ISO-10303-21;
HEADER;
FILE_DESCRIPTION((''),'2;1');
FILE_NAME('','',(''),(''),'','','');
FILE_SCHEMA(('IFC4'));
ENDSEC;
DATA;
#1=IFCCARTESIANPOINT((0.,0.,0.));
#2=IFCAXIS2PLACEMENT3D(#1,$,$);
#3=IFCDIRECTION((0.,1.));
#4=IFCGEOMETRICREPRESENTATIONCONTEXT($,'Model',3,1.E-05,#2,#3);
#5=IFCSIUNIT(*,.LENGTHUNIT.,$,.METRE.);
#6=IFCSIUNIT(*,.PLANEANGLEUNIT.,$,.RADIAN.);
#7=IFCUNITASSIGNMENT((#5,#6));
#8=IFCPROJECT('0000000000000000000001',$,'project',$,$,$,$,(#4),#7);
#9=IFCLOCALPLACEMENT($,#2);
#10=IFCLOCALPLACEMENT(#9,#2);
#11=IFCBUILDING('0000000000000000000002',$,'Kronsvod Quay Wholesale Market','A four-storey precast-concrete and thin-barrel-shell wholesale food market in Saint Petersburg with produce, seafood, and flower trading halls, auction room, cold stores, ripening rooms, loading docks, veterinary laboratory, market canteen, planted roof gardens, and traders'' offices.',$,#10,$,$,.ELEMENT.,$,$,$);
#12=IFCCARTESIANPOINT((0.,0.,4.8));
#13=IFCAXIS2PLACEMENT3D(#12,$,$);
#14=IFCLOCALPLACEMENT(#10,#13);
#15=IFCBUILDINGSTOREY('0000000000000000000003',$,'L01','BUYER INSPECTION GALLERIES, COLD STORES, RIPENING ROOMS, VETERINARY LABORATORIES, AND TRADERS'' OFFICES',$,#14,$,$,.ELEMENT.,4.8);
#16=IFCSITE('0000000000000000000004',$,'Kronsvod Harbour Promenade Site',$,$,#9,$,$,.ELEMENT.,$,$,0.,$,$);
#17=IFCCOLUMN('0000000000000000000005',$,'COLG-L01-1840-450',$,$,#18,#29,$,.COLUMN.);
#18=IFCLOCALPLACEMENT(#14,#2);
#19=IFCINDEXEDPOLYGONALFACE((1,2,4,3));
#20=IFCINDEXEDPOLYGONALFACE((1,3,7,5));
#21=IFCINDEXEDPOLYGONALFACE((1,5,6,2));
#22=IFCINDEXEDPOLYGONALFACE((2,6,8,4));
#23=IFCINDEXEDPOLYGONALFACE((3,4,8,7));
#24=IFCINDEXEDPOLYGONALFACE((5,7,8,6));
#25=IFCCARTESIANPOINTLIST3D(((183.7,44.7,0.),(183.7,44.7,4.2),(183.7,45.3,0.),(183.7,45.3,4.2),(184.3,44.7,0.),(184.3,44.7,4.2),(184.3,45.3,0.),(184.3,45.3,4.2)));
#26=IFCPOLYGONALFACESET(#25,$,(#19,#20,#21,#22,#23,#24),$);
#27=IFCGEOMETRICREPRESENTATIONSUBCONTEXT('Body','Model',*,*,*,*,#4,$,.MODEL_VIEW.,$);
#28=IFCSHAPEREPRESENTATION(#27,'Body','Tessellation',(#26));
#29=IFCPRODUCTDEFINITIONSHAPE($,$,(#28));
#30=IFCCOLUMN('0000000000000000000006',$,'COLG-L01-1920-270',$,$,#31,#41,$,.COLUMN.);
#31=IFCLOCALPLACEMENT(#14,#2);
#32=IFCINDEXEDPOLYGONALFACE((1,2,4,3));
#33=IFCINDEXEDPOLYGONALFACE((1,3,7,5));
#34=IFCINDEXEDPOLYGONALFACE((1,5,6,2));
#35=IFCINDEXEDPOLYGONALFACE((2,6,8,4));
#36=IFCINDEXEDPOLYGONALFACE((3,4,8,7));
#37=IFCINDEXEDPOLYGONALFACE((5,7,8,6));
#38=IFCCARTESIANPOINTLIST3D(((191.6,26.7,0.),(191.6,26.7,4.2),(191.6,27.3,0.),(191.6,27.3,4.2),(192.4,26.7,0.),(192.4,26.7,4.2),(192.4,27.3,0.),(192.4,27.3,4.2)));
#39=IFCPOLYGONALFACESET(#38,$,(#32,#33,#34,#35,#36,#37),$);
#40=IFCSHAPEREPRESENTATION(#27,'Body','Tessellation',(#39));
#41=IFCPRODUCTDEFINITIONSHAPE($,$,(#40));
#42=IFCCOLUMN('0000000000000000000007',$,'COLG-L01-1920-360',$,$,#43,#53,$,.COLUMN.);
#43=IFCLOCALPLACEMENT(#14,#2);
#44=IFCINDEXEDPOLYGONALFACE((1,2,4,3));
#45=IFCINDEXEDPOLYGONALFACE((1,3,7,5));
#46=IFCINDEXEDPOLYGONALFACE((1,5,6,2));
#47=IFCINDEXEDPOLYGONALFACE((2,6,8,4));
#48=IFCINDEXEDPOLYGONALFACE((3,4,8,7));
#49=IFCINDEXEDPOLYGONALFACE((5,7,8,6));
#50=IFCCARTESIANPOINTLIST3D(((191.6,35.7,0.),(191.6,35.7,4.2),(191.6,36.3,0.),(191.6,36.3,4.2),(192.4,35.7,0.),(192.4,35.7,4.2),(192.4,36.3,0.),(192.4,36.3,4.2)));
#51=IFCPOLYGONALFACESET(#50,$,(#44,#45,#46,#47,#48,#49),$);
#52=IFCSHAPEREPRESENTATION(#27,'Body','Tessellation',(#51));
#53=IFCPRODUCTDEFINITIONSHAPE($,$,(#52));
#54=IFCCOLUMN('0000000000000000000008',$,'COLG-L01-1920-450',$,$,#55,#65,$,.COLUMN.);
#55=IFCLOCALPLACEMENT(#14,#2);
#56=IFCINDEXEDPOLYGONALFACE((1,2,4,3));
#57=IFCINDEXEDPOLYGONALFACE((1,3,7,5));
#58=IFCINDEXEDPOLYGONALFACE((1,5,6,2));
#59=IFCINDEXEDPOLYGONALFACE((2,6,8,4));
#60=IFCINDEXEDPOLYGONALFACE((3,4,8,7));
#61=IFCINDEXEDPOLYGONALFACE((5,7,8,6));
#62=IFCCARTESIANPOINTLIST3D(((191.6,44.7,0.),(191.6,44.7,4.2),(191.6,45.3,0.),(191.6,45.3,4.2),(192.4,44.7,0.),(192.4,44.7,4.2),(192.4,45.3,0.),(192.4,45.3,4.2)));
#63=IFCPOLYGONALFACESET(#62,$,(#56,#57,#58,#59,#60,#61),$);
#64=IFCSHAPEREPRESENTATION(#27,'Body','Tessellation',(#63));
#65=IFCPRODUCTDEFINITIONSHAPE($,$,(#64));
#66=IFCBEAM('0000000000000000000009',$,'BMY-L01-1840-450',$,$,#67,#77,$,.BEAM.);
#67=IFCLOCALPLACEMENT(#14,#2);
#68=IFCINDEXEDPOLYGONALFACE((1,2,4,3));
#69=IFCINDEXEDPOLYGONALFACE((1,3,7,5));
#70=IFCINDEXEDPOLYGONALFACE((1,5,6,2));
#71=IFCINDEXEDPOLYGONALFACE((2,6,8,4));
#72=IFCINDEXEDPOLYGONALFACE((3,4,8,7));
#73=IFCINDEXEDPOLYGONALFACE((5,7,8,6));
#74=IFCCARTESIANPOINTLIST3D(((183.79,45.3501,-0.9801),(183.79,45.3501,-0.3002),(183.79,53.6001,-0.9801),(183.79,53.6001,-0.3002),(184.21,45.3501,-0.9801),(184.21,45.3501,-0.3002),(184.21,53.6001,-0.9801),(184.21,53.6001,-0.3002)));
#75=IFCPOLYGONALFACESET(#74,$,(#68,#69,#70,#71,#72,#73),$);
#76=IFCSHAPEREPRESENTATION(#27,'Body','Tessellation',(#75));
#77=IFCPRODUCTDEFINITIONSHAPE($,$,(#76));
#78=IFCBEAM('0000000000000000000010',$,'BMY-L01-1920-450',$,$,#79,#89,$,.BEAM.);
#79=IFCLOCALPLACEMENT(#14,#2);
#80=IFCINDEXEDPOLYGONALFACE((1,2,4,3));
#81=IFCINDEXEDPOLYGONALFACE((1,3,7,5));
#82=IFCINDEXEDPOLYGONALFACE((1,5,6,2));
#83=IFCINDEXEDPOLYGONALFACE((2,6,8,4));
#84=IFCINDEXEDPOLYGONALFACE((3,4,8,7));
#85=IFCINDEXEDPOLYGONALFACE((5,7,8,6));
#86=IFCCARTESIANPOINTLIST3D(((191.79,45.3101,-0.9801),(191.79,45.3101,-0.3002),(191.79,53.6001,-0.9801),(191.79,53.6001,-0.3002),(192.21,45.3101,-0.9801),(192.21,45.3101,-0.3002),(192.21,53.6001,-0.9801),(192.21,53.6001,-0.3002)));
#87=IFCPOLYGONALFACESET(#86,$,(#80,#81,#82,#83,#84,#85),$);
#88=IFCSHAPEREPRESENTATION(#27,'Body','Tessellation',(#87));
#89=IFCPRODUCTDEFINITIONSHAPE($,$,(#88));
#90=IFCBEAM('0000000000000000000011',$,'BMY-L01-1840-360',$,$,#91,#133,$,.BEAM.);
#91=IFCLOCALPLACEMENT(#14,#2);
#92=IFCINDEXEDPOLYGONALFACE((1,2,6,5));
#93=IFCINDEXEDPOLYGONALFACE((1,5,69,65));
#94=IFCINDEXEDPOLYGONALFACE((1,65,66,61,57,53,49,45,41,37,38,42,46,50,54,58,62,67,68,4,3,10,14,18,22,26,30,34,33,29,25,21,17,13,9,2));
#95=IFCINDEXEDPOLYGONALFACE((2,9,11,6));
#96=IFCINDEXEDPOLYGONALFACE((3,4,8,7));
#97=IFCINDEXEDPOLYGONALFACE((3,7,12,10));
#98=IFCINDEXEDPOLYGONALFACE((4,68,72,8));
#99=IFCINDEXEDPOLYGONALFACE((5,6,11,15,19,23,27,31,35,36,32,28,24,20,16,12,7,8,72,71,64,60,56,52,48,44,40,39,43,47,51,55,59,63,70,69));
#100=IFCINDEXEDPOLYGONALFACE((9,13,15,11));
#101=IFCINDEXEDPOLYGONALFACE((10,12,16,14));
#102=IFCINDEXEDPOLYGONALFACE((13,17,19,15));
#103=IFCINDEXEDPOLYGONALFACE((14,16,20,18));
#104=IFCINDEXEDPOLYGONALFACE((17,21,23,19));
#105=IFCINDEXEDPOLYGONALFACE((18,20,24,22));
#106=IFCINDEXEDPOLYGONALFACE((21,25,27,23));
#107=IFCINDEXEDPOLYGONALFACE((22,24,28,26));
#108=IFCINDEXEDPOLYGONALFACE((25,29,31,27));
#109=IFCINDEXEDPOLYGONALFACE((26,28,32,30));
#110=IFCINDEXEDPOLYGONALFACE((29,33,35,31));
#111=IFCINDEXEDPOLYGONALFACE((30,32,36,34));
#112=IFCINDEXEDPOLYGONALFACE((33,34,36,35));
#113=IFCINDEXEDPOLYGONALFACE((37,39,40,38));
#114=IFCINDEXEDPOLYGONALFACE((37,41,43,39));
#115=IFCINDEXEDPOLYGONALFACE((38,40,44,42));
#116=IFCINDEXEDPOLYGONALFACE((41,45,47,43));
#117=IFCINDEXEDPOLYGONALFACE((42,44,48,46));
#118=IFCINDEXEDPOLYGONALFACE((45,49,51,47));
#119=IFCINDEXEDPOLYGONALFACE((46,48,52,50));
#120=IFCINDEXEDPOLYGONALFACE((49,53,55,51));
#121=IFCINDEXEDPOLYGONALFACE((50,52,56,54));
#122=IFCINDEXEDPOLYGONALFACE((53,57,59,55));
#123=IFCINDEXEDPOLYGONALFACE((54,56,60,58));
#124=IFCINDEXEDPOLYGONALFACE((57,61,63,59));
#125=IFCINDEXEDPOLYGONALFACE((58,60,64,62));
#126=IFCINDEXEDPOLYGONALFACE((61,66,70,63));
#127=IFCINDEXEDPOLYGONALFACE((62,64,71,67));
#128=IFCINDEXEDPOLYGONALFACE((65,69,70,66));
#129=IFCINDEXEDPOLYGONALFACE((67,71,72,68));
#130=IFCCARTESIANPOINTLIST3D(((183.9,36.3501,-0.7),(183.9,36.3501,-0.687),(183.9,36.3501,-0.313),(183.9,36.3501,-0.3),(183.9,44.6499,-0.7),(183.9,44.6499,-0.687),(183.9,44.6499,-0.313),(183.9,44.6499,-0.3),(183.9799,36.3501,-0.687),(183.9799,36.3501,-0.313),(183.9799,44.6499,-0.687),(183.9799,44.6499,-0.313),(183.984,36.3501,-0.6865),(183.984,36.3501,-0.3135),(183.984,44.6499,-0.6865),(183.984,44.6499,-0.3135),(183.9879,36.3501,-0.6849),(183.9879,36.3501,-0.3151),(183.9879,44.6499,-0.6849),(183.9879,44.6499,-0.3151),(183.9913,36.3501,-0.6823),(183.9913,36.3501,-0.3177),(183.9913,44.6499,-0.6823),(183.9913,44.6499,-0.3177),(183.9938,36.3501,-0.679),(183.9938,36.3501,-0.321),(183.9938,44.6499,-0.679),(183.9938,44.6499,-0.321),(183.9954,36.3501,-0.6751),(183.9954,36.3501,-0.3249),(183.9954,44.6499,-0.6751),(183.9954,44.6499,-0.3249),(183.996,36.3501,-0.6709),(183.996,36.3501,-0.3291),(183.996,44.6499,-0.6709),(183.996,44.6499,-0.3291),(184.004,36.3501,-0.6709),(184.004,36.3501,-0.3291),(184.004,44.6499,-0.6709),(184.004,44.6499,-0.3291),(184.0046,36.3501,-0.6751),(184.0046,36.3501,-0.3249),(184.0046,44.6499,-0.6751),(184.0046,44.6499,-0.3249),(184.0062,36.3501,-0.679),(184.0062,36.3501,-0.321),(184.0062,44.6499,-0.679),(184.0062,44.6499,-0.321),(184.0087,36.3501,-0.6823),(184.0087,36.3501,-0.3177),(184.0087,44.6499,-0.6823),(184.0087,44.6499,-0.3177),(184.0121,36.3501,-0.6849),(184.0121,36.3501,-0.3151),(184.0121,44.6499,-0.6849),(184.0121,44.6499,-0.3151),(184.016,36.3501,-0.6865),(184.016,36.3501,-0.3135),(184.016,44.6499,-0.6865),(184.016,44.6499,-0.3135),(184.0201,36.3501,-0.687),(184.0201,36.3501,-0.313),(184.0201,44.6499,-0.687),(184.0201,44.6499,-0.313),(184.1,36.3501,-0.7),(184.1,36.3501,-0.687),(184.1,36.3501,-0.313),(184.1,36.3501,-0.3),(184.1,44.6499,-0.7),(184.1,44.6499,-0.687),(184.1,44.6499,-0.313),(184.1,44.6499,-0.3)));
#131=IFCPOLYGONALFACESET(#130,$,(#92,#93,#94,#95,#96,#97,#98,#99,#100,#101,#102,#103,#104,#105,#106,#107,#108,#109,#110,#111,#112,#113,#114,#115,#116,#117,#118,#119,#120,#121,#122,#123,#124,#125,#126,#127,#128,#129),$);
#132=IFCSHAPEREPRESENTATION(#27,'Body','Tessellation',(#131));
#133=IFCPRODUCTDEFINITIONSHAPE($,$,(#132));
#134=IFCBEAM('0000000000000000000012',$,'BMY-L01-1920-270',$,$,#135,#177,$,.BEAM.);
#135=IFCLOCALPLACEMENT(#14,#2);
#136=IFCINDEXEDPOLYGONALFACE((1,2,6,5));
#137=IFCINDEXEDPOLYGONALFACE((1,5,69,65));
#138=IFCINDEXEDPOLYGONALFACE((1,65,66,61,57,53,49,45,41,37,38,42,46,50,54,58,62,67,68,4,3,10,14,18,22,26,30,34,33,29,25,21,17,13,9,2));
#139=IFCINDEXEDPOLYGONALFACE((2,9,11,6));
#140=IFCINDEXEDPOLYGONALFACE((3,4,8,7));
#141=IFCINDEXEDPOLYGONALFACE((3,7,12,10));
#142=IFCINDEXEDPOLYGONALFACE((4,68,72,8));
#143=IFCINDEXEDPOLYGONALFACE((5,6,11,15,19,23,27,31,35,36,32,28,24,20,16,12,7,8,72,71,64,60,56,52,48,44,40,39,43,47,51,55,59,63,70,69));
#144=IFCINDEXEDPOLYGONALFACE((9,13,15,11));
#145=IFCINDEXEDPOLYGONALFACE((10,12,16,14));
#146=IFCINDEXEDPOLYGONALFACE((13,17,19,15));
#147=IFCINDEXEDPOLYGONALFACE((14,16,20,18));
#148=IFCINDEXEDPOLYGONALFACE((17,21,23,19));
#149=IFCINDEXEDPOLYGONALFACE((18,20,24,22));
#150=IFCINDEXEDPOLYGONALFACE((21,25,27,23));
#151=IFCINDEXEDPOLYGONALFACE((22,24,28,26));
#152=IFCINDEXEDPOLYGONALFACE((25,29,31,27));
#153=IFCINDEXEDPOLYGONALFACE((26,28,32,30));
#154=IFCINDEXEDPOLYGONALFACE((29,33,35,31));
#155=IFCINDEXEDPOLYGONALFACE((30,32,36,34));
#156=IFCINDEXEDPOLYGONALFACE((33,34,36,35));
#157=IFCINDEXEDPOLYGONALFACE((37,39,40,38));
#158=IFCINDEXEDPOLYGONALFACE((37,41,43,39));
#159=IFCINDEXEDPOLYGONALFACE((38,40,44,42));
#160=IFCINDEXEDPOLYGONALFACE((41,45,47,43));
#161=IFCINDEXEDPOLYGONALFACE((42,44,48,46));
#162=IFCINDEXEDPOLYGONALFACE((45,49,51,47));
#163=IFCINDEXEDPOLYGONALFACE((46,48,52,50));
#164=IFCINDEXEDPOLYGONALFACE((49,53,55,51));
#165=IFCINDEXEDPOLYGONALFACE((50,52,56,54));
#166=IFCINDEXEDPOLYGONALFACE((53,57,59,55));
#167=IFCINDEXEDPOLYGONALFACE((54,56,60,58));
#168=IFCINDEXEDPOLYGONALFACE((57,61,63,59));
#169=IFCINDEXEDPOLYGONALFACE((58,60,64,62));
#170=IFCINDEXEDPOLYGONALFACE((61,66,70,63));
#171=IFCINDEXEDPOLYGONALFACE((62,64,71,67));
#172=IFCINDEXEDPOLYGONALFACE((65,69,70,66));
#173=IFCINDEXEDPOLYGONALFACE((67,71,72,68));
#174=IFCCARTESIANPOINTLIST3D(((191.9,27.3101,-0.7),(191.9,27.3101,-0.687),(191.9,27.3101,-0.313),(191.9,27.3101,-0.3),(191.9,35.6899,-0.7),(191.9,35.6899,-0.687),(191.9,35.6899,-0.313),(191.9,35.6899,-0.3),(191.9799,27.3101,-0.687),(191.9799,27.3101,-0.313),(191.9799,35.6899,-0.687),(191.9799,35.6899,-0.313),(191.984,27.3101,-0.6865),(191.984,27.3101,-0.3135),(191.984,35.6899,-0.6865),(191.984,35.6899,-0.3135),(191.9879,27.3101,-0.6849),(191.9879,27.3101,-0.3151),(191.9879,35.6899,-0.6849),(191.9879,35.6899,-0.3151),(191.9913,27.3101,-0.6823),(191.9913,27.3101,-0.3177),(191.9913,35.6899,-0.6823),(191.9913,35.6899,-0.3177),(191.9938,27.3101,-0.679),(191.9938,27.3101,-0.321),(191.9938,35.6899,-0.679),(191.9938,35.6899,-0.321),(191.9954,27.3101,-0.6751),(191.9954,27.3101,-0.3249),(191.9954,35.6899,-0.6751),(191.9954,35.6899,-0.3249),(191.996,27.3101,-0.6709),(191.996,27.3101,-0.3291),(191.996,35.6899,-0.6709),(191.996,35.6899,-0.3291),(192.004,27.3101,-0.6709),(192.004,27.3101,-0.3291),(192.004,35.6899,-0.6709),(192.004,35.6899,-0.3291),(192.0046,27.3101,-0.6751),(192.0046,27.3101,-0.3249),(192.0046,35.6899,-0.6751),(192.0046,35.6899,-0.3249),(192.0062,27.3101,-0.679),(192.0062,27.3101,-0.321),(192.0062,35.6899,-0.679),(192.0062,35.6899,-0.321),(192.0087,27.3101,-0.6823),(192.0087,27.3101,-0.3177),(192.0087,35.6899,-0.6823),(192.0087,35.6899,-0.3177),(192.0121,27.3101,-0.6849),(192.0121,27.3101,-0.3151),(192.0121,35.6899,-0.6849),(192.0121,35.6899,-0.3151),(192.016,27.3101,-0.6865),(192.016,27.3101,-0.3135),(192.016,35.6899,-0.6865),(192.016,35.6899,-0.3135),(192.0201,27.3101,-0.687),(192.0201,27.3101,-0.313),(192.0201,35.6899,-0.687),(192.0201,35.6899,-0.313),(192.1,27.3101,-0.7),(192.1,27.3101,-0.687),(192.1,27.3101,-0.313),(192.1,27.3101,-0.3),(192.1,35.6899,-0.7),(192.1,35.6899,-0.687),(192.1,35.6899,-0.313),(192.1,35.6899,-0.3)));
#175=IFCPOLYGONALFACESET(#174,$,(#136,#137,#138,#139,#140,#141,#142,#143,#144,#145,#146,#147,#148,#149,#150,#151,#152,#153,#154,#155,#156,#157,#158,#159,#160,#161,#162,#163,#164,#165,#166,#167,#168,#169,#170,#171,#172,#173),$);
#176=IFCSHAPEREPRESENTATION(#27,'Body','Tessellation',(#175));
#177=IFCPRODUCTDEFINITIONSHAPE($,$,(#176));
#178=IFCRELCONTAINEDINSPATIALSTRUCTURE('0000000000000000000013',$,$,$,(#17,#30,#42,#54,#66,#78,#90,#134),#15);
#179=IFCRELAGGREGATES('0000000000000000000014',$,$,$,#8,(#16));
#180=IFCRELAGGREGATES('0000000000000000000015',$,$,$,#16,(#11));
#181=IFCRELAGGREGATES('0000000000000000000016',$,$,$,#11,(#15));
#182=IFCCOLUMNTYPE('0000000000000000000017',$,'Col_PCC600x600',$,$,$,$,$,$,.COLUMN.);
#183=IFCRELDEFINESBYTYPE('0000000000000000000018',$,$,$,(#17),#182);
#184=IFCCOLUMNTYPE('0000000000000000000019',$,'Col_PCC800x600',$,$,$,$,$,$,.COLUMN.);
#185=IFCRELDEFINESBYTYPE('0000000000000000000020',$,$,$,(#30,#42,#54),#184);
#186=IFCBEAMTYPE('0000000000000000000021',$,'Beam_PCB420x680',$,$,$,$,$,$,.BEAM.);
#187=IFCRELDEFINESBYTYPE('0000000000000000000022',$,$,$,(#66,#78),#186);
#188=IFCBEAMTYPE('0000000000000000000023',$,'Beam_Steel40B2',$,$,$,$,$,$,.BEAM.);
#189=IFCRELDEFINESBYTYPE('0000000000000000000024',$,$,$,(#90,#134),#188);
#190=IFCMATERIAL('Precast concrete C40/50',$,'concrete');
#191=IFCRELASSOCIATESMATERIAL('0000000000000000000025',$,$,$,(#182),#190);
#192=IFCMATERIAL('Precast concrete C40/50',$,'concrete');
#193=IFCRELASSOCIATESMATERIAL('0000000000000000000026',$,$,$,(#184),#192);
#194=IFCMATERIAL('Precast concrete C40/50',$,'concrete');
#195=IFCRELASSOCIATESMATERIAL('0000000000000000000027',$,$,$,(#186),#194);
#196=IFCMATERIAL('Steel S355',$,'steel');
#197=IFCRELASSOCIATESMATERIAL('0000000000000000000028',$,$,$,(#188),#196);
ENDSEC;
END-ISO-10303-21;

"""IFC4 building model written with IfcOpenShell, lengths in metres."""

from ifc_helpers import new_model, si_unit, direction, frame, origin, origin_2d, place, context, subcontext, project, spatial, rectangle, i_section, extrude, material, material_profile, profile_set, type_object, element, save


model = new_model("IFC4")

# Units and contexts
model_context = context("Model", 3, precision=1e-05, world=origin(), true_north=direction((0.0, 1.0)))
body_context = subcontext(model_context, "Body", "Model", "MODEL_VIEW")
ifc_project = project(units=[si_unit("LENGTHUNIT", "METRE"), si_unit("PLANEANGLEUNIT", "RADIAN")], contexts=[model_context])

# Site, building, storey
site_placement = place(None, origin())
site = spatial("IfcSite", under=ifc_project, at=site_placement, Name="Kronsvod Harbour Promenade Site", CompositionType="ELEMENT", RefElevation=0.0)
building_placement = place(site_placement, origin())
building = spatial("IfcBuilding", under=site, at=building_placement, Name="Kronsvod Quay Wholesale Market", Description="A four-storey precast-concrete and thin-barrel-shell wholesale food market in Saint Petersburg with produce, seafood, and flower trading halls, auction room, cold stores, ripening rooms, loading docks, veterinary laboratory, market canteen, planted roof gardens, and traders' offices.", CompositionType="ELEMENT")
storey_placement = place(building_placement, frame((0.0, 0.0, 4.8)))
storey = spatial("IfcBuildingStorey", under=building, at=storey_placement, Name="L01", Description="BUYER INSPECTION GALLERIES, COLD STORES, RIPENING ROOMS, VETERINARY LABORATORIES, AND TRADERS' OFFICES", CompositionType="ELEMENT", Elevation=4.8)

# Columns
ifc_material_1 = material(Name="Precast concrete C40/50", Category="concrete")
ifc_material_profile_1 = material_profile(ifc_material_1, rectangle(XDim=0.6001, YDim=0.6001, at=origin_2d()), Name="PCC600x600")
ifc_profile_set_1 = profile_set([ifc_material_profile_1], Name="Precast concrete C40/50")
column_type_1 = type_object("IfcColumnType", Name="Col_PCC600x600", PredefinedType="COLUMN", material=ifc_profile_set_1)
column_placement = place(storey_placement, frame((184.0, 45.0, 0.0), z_axis=(0.0, 0.0, 1.0), x_axis=(1.0, 0.0, 0.0)))
element("IfcColumn", 1, at=column_placement, inside=storey, type_object=column_type_1, Name="COLG-L01-1840-450", PredefinedType="COLUMN", context=body_context, shape_type="SweptSolid", body=[
    extrude(rectangle(XDim=0.6001, YDim=0.6001, at=origin_2d()), origin(), (0.0, 0.0, 1.0), 4.2),
])
ifc_material_2 = material(Name="Precast concrete C40/50", Category="concrete")
ifc_material_profile_2 = material_profile(ifc_material_2, rectangle(XDim=0.8, YDim=0.6001, at=origin_2d()), Name="PCC800x600")
ifc_profile_set_2 = profile_set([ifc_material_profile_2], Name="Precast concrete C40/50")
column_type_2 = type_object("IfcColumnType", Name="Col_PCC800x600", PredefinedType="COLUMN", material=ifc_profile_set_2)
for number, where, z_axis, x_axis, name in (
    (2, (192.0, 27.0, 0.0), (0.0, 0.0, 1.0), (1.0, 0.0, 0.0), "COLG-L01-1920-270"),
    (3, (192.0, 36.0, 0.0), (0.0, 0.0, 1.0), (1.0, 0.0, 0.0), "COLG-L01-1920-360"),
    (4, (192.0, 45.0, 0.0), (0.0, 0.0, 1.0), (1.0, 0.0, 0.0), "COLG-L01-1920-450"),
):
    element("IfcColumn", number, at=place(storey_placement, frame(where, z_axis=z_axis, x_axis=x_axis)), inside=storey, type_object=column_type_2, Name=name, PredefinedType="COLUMN", context=body_context, shape_type="SweptSolid", body=[
        extrude(rectangle(XDim=0.8, YDim=0.6001, at=origin_2d()), origin(), (0.0, 0.0, 1.0), 4.2),
    ])

# Beams
ifc_material_3 = material(Name="Precast concrete C40/50", Category="concrete")
ifc_material_profile_3 = material_profile(ifc_material_3, rectangle(XDim=0.4199, YDim=0.6799, at=origin_2d()), Name="PB-05")
ifc_profile_set_3 = profile_set([ifc_material_profile_3], Name="Precast concrete C40/50")
beam_type_1 = type_object("IfcBeamType", Name="Beam_PCB420x680", PredefinedType="BEAM", material=ifc_profile_set_3)
beam_1_placement = place(storey_placement, frame((184.0, 45.3501, -0.6401), z_axis=(0.0, 1.0, 0.0), x_axis=(-1.0, 0.0, 0.0)))
element("IfcBeam", 5, at=beam_1_placement, inside=storey, type_object=beam_type_1, Name="BMY-L01-1840-450", PredefinedType="BEAM", context=body_context, shape_type="SweptSolid", body=[
    extrude(rectangle(XDim=0.4199, YDim=0.6799, at=origin_2d()), origin(), (0.0, 0.0, 1.0), 8.25),
])
beam_2_placement = place(storey_placement, frame((192.0, 45.3101, -0.6401), z_axis=(0.0, 1.0, 0.0), x_axis=(-1.0, 0.0, 0.0)))
element("IfcBeam", 6, at=beam_2_placement, inside=storey, type_object=beam_type_1, Name="BMY-L01-1920-450", PredefinedType="BEAM", context=body_context, shape_type="SweptSolid", body=[
    extrude(rectangle(XDim=0.4199, YDim=0.6799, at=origin_2d()), origin(), (0.0, 0.0, 1.0), 8.29),
])
ifc_material_4 = material(Name="Steel S355", Category="steel")
ifc_material_profile_4 = material_profile(ifc_material_4, i_section(OverallWidth=0.2, OverallDepth=0.3999, WebThickness=0.0081, FlangeThickness=0.0129, FilletRadius=0.0161, at=origin_2d()), Name="40B2")
ifc_profile_set_4 = profile_set([ifc_material_profile_4], Name="Steel S355")
beam_type_2 = type_object("IfcBeamType", Name="Beam_Steel40B2", PredefinedType="BEAM", material=ifc_profile_set_4)
beam_3_placement = place(storey_placement, frame((184.0, 36.3501, -0.5), z_axis=(0.0, 1.0, 0.0), x_axis=(-1.0, 0.0, 0.0)))
element("IfcBeam", 7, at=beam_3_placement, inside=storey, type_object=beam_type_2, Name="BMY-L01-1840-360", PredefinedType="BEAM", context=body_context, shape_type="SweptSolid", body=[
    extrude(i_section(OverallWidth=0.2, OverallDepth=0.3999, WebThickness=0.0081, FlangeThickness=0.0129, FilletRadius=0.0161, at=origin_2d()), origin(), (0.0, 0.0, 1.0), 8.2998),
])
for number, where, z_axis, x_axis, name in (
    (8, (192.0, 27.3101, -0.5), (0.0, 1.0, 0.0), (-1.0, 0.0, 0.0), "BMY-L01-1920-270"),
):
    element("IfcBeam", number, at=place(storey_placement, frame(where, z_axis=z_axis, x_axis=x_axis)), inside=storey, type_object=beam_type_2, Name=name, PredefinedType="BEAM", context=body_context, shape_type="SweptSolid", body=[
        extrude(i_section(OverallWidth=0.2, OverallDepth=0.3999, WebThickness=0.0081, FlangeThickness=0.0129, FilletRadius=0.0161, at=origin_2d()), origin(), (0.0, 0.0, 1.0), 8.3799),
    ])

save(model, "model.ifc")
